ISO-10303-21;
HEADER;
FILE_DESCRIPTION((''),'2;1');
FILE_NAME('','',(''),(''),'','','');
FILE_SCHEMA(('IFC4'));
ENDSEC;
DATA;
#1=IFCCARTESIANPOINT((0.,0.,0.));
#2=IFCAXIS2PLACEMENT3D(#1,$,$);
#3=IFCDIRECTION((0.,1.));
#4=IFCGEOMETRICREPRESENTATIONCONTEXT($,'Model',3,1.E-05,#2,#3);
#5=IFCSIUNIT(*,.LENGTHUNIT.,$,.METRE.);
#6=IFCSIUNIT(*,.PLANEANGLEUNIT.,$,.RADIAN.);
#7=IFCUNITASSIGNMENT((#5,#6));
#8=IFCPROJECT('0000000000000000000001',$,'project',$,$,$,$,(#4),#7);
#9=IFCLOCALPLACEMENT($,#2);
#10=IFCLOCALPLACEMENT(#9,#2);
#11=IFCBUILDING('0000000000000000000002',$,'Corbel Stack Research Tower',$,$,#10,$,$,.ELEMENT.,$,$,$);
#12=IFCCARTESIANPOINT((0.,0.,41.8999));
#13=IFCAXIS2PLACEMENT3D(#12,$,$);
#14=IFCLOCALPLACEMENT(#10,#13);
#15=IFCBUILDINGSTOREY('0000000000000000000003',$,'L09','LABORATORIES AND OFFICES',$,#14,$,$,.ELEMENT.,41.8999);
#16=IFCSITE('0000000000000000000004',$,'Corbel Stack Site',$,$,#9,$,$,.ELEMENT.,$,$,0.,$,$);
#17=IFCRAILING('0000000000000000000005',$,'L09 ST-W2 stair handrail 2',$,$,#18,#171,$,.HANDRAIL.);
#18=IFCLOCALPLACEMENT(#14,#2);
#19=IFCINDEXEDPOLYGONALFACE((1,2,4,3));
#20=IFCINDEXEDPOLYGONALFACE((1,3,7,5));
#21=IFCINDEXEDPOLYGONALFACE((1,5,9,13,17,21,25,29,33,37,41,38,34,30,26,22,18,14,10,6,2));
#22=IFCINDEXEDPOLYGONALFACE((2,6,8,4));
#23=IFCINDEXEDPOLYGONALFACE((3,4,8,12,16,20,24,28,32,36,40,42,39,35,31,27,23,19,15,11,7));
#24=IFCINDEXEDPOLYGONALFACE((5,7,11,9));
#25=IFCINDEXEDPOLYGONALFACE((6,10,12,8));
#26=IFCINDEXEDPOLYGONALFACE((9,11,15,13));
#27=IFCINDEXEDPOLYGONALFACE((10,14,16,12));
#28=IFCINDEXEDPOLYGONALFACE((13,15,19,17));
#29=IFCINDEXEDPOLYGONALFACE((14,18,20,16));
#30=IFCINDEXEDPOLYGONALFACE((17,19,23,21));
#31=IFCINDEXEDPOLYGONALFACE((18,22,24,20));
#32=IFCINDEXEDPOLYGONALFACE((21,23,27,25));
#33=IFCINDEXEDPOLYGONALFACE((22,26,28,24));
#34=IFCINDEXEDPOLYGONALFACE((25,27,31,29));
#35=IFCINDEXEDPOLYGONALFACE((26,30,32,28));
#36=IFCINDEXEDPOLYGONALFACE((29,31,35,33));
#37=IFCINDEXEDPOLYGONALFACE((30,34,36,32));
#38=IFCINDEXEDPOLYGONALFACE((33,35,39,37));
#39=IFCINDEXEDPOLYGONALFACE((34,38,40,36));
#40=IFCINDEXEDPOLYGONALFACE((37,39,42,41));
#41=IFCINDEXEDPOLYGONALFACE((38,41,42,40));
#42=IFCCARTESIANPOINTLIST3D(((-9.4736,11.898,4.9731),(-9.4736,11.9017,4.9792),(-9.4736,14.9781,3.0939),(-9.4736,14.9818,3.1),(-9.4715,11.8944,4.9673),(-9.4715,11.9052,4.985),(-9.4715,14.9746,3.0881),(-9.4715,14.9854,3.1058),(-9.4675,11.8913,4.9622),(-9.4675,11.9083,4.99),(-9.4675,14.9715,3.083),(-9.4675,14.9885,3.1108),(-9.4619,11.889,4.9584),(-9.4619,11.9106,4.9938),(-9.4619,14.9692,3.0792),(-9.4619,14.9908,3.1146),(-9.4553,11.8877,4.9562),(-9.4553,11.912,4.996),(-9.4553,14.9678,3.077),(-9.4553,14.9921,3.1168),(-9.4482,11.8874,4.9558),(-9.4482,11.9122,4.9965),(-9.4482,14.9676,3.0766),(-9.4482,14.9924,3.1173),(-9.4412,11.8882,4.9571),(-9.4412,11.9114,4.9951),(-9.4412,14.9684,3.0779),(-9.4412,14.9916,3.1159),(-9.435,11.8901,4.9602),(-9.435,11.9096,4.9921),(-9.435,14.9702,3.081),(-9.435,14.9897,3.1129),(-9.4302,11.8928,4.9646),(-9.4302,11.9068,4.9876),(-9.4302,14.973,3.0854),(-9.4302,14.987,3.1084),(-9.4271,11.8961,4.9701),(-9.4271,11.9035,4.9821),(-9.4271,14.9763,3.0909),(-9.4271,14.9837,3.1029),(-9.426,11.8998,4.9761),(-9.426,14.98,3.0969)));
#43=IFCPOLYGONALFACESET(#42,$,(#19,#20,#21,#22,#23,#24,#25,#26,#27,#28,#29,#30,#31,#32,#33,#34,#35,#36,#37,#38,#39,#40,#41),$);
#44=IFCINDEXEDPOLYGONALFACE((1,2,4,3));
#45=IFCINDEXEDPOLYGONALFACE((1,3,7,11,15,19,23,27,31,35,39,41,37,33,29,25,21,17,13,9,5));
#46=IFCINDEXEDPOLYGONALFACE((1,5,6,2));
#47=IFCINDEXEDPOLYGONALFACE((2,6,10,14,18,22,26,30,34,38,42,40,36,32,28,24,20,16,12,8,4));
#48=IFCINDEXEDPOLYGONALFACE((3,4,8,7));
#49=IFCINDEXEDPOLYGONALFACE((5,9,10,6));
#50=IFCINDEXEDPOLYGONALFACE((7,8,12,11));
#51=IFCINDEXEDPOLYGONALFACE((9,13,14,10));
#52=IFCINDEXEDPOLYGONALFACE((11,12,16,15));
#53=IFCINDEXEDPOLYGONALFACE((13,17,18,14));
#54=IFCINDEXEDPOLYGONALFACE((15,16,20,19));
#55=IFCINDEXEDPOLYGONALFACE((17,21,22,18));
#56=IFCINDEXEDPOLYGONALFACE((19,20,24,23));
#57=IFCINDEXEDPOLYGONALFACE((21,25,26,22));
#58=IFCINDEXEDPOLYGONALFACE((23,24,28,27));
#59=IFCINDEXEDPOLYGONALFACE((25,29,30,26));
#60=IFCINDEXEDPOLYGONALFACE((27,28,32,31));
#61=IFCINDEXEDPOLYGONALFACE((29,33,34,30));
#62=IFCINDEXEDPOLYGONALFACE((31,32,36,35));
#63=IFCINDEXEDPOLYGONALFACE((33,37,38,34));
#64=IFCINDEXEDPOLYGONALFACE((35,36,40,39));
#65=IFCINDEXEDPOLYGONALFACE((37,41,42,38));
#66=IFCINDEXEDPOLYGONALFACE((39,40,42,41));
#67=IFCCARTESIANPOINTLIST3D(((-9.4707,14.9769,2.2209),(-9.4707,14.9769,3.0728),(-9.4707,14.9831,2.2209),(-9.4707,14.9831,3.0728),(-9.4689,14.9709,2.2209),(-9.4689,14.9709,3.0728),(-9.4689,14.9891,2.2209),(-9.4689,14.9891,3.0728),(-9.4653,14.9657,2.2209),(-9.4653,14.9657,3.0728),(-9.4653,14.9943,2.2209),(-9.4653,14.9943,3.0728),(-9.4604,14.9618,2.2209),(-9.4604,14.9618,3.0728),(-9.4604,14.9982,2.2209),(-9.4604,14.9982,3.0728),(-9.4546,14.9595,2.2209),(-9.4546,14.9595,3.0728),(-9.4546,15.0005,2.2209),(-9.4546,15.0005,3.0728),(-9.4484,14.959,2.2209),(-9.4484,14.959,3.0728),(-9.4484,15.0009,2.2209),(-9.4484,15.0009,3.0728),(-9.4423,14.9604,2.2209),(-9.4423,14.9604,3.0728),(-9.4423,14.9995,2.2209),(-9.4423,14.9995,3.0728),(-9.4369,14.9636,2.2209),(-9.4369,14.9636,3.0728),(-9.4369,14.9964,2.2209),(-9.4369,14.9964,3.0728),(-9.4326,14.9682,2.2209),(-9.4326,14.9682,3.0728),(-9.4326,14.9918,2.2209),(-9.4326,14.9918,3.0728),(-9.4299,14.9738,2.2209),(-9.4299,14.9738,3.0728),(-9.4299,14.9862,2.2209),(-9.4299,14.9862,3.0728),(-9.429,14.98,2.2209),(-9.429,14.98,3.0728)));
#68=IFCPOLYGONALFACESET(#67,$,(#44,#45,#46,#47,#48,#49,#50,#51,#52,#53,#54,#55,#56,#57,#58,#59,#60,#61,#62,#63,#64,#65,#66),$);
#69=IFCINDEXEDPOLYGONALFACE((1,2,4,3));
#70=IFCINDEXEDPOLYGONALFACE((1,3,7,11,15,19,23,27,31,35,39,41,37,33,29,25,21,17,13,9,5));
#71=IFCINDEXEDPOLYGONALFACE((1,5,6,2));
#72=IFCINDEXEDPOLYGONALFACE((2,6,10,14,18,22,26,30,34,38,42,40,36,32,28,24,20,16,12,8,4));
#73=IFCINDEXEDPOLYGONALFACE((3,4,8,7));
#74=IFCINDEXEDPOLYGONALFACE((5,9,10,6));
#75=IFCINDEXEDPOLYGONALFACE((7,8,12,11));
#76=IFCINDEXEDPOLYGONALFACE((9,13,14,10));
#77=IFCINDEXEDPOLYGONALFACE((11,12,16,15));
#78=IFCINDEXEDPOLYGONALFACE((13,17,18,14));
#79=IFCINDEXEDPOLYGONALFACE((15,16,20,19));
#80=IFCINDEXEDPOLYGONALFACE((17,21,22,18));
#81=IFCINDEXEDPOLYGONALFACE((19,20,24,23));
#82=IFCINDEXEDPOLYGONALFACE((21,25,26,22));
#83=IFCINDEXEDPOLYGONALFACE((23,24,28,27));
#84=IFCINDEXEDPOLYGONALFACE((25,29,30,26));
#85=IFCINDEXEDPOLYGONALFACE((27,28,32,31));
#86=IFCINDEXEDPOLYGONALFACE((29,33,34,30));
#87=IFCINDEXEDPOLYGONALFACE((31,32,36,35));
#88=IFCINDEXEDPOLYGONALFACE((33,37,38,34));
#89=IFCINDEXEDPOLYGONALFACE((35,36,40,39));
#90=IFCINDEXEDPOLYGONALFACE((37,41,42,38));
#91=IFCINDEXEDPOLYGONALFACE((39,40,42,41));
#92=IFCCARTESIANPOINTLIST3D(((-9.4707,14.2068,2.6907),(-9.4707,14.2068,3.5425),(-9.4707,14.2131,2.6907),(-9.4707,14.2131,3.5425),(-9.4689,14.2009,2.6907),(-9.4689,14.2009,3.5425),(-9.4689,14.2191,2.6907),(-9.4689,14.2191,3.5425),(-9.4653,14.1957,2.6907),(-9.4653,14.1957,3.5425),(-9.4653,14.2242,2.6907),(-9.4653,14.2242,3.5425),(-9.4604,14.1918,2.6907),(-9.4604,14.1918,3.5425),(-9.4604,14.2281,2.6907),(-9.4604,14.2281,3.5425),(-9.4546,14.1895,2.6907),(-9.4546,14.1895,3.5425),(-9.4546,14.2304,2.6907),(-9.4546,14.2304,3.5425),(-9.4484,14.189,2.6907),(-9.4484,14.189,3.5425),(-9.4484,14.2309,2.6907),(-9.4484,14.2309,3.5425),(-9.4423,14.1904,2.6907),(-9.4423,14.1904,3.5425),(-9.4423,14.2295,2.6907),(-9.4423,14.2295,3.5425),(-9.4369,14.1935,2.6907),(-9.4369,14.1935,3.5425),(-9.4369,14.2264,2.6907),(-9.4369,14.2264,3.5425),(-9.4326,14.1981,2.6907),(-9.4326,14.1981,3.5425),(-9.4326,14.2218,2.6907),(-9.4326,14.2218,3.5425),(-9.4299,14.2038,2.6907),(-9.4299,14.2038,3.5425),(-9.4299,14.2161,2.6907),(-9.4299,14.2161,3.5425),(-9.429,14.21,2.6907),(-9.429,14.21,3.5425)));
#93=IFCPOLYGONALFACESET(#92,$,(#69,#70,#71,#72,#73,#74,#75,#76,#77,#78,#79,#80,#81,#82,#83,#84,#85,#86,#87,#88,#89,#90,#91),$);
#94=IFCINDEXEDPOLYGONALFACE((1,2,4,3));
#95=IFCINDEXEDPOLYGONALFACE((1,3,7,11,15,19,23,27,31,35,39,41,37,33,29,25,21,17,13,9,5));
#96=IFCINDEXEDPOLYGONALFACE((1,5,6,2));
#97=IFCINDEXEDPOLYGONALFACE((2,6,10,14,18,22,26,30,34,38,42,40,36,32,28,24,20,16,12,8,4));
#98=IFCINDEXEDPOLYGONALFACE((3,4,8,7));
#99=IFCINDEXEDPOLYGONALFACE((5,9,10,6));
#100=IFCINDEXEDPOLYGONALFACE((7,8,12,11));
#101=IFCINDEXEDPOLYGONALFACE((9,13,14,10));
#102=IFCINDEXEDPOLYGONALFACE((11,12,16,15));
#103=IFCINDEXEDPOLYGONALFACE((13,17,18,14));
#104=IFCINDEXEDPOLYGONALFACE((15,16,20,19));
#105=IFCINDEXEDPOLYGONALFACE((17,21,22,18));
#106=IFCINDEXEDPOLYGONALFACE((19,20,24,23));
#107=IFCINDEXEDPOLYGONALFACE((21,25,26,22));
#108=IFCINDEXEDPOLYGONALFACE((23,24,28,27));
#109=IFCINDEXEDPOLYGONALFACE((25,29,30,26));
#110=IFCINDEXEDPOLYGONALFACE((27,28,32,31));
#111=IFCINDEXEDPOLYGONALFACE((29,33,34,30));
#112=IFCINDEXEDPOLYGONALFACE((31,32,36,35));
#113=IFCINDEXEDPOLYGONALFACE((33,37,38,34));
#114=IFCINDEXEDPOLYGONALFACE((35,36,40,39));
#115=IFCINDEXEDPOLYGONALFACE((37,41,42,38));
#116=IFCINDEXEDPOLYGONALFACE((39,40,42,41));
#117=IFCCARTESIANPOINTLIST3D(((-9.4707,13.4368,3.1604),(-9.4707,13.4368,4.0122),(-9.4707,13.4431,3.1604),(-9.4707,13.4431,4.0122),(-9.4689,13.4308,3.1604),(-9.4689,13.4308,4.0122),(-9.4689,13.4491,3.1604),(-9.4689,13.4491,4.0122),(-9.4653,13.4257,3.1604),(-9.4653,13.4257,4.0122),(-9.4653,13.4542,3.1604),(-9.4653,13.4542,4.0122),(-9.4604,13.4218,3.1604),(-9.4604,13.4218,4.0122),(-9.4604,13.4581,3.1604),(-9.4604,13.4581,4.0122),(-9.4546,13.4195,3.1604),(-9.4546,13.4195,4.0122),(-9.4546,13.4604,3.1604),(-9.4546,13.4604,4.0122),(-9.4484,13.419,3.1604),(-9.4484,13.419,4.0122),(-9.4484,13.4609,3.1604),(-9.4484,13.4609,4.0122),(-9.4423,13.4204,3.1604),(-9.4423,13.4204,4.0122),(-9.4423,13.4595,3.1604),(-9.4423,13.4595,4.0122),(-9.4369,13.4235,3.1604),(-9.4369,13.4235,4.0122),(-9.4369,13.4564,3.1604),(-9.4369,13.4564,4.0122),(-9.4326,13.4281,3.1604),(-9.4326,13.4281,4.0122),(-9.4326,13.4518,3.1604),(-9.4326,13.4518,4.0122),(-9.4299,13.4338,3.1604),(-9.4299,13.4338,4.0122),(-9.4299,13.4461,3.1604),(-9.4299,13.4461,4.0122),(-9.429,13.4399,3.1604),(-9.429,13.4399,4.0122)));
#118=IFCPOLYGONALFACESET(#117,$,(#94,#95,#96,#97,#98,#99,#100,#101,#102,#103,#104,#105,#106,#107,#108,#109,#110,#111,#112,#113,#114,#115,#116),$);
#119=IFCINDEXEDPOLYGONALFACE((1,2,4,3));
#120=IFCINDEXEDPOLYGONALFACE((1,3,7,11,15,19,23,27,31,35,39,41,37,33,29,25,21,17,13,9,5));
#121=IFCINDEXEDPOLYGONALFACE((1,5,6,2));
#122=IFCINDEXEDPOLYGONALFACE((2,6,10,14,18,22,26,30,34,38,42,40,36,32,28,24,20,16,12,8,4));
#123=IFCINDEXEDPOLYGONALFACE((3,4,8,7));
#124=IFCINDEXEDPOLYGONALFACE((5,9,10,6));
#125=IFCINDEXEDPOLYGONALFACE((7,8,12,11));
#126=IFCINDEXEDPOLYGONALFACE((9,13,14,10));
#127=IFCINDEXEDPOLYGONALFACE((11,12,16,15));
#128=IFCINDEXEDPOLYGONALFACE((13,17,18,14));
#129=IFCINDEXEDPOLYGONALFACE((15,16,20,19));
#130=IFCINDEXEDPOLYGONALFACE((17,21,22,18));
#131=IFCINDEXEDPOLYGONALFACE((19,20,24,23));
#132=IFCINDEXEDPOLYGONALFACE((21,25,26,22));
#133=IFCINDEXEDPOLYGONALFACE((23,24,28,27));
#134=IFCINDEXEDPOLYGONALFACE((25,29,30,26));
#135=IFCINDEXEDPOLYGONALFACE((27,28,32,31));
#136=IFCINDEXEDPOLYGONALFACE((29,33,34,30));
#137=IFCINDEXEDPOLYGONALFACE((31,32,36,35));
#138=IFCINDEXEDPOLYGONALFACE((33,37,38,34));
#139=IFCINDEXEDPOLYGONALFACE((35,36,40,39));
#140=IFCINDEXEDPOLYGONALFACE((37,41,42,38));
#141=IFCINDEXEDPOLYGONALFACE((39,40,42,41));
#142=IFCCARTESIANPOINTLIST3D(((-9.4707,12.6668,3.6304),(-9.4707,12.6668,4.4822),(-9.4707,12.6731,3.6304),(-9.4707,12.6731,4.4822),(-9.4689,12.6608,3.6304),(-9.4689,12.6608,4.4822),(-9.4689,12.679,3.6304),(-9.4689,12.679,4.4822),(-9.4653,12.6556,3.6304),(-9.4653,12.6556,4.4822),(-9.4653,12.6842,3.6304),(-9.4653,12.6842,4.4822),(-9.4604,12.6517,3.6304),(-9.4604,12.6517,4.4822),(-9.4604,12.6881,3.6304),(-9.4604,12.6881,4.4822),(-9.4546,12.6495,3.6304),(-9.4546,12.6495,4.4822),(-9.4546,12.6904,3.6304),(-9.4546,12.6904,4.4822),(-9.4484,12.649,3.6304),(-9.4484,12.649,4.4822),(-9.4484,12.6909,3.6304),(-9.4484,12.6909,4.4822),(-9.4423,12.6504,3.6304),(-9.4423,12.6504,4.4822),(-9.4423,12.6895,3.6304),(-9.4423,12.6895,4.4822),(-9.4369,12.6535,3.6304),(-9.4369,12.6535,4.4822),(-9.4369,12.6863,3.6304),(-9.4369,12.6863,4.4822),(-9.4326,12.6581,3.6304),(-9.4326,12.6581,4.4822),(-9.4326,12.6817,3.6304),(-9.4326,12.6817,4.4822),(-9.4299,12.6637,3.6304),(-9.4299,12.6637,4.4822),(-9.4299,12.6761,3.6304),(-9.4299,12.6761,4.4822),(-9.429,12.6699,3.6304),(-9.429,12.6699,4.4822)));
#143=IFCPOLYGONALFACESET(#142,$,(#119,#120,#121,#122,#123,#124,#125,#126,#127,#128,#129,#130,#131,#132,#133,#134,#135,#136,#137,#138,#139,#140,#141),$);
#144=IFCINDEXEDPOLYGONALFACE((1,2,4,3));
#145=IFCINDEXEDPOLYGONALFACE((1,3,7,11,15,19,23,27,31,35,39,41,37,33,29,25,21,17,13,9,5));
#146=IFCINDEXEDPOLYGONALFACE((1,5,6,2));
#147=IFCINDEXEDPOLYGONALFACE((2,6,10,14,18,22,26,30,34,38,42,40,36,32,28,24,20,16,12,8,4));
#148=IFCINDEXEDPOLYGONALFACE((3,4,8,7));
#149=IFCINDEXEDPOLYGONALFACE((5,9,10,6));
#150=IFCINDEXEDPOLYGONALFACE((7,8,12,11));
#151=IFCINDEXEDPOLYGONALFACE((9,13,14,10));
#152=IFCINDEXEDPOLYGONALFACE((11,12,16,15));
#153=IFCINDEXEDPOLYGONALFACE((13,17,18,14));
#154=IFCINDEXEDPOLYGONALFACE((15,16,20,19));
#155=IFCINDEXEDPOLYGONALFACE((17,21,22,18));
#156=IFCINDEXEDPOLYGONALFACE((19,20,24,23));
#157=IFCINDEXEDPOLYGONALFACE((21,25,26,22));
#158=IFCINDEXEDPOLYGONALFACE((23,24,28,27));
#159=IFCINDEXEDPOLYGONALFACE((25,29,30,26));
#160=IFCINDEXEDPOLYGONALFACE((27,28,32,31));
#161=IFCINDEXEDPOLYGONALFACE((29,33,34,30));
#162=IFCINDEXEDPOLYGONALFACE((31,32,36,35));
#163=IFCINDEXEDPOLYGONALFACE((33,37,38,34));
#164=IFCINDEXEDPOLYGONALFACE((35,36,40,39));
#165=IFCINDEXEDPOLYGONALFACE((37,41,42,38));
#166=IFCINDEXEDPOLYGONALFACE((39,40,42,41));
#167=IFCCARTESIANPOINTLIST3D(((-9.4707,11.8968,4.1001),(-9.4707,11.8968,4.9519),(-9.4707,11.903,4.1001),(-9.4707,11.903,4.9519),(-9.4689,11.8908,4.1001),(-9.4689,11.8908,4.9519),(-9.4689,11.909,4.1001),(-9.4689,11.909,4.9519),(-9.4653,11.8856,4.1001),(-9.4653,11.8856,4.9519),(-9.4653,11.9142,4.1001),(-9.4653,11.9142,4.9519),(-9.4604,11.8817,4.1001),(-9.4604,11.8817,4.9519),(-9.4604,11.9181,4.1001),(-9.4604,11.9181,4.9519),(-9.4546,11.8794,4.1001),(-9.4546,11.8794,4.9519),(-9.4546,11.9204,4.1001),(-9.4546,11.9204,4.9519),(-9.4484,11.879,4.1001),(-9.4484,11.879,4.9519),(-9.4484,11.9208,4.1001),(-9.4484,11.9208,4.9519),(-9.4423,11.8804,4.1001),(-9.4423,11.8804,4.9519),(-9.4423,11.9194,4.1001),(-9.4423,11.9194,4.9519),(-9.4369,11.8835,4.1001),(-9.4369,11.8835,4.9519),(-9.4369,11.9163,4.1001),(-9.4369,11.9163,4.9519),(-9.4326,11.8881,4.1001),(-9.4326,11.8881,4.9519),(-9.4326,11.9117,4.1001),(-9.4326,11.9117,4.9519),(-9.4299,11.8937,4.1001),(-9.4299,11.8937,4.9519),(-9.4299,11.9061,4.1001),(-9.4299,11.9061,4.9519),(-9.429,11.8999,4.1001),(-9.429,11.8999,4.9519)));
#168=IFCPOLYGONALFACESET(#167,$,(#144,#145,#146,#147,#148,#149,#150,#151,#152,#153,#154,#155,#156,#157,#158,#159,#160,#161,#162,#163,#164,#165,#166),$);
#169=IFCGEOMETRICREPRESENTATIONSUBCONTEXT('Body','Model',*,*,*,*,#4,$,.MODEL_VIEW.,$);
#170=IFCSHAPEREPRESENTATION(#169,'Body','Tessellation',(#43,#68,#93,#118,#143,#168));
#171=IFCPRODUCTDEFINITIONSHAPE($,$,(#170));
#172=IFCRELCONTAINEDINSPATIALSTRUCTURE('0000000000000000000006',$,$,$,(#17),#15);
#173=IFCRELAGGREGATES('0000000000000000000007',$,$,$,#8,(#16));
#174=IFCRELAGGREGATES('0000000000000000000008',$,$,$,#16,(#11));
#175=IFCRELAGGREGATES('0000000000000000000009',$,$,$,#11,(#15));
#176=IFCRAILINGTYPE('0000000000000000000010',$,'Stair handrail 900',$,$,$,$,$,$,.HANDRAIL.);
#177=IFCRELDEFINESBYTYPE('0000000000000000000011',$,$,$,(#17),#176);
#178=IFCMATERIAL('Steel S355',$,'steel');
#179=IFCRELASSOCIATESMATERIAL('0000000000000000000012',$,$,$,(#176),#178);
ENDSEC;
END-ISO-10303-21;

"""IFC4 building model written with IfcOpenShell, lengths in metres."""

from ifc_helpers import new_model, si_unit, direction, frame, origin, origin_2d, place, context, subcontext, project, spatial, circle, extrude, material, type_object, element, save


model = new_model("IFC4")

# Units and contexts
model_context = context("Model", 3, precision=1e-05, world=origin(), true_north=direction((0.0, 1.0)))
body_context = subcontext(model_context, "Body", "Model", "MODEL_VIEW")
ifc_project = project(units=[si_unit("LENGTHUNIT", "METRE"), si_unit("PLANEANGLEUNIT", "RADIAN")], contexts=[model_context])

# Site, building, storey
site_placement = place(None, origin())
site = spatial("IfcSite", under=ifc_project, at=site_placement, Name="Corbel Stack Site", CompositionType="ELEMENT", RefElevation=0.0)
building_placement = place(site_placement, origin())
building = spatial("IfcBuilding", under=site, at=building_placement, Name="Corbel Stack Research Tower", CompositionType="ELEMENT")
storey_placement = place(building_placement, frame((0.0, 0.0, 41.8999)))
storey = spatial("IfcBuildingStorey", under=building, at=storey_placement, Name="L09", Description="LABORATORIES AND OFFICES", CompositionType="ELEMENT", Elevation=41.8999)

# Railing
ifc_material_1 = material(Name="Steel S355", Category="steel")
railing_type_1 = type_object("IfcRailingType", Name="Stair handrail 900", PredefinedType="HANDRAIL", material=ifc_material_1)
railing_1_placement = place(storey_placement, frame((-9.45, 14.98, 2.2209)))
element("IfcRailing", 1, at=railing_1_placement, inside=storey, type_object=railing_type_1, Name="L09 ST-W2 stair handrail 2", PredefinedType="HANDRAIL", context=body_context, shape_type="SweptSolid", body=[
    extrude(circle(Radius=0.0239, at=origin_2d()), frame((0.0, 0.0, 0.876), z_axis=(0.0, -0.853666, 0.52082), x_axis=(1.0, 0.0, 0.0)), (0.0, 0.0, 1.0), 3.6082),
    extrude(circle(Radius=0.021, at=origin_2d()), origin(), (0.0, 0.0, 1.0), 0.8518),
    extrude(circle(Radius=0.021, at=origin_2d()), frame((0.0, -0.77, 0.4697)), (0.0, 0.0, 1.0), 0.8518),
    extrude(circle(Radius=0.021, at=origin_2d()), frame((0.0, -1.54, 0.9395)), (0.0, 0.0, 1.0), 0.8518),
    extrude(circle(Radius=0.021, at=origin_2d()), frame((0.0, -2.3101, 1.4094)), (0.0, 0.0, 1.0), 0.8518),
    extrude(circle(Radius=0.021, at=origin_2d()), frame((0.0, -3.0801, 1.8792)), (0.0, 0.0, 1.0), 0.8518),
])

save(model, "model.ifc")
